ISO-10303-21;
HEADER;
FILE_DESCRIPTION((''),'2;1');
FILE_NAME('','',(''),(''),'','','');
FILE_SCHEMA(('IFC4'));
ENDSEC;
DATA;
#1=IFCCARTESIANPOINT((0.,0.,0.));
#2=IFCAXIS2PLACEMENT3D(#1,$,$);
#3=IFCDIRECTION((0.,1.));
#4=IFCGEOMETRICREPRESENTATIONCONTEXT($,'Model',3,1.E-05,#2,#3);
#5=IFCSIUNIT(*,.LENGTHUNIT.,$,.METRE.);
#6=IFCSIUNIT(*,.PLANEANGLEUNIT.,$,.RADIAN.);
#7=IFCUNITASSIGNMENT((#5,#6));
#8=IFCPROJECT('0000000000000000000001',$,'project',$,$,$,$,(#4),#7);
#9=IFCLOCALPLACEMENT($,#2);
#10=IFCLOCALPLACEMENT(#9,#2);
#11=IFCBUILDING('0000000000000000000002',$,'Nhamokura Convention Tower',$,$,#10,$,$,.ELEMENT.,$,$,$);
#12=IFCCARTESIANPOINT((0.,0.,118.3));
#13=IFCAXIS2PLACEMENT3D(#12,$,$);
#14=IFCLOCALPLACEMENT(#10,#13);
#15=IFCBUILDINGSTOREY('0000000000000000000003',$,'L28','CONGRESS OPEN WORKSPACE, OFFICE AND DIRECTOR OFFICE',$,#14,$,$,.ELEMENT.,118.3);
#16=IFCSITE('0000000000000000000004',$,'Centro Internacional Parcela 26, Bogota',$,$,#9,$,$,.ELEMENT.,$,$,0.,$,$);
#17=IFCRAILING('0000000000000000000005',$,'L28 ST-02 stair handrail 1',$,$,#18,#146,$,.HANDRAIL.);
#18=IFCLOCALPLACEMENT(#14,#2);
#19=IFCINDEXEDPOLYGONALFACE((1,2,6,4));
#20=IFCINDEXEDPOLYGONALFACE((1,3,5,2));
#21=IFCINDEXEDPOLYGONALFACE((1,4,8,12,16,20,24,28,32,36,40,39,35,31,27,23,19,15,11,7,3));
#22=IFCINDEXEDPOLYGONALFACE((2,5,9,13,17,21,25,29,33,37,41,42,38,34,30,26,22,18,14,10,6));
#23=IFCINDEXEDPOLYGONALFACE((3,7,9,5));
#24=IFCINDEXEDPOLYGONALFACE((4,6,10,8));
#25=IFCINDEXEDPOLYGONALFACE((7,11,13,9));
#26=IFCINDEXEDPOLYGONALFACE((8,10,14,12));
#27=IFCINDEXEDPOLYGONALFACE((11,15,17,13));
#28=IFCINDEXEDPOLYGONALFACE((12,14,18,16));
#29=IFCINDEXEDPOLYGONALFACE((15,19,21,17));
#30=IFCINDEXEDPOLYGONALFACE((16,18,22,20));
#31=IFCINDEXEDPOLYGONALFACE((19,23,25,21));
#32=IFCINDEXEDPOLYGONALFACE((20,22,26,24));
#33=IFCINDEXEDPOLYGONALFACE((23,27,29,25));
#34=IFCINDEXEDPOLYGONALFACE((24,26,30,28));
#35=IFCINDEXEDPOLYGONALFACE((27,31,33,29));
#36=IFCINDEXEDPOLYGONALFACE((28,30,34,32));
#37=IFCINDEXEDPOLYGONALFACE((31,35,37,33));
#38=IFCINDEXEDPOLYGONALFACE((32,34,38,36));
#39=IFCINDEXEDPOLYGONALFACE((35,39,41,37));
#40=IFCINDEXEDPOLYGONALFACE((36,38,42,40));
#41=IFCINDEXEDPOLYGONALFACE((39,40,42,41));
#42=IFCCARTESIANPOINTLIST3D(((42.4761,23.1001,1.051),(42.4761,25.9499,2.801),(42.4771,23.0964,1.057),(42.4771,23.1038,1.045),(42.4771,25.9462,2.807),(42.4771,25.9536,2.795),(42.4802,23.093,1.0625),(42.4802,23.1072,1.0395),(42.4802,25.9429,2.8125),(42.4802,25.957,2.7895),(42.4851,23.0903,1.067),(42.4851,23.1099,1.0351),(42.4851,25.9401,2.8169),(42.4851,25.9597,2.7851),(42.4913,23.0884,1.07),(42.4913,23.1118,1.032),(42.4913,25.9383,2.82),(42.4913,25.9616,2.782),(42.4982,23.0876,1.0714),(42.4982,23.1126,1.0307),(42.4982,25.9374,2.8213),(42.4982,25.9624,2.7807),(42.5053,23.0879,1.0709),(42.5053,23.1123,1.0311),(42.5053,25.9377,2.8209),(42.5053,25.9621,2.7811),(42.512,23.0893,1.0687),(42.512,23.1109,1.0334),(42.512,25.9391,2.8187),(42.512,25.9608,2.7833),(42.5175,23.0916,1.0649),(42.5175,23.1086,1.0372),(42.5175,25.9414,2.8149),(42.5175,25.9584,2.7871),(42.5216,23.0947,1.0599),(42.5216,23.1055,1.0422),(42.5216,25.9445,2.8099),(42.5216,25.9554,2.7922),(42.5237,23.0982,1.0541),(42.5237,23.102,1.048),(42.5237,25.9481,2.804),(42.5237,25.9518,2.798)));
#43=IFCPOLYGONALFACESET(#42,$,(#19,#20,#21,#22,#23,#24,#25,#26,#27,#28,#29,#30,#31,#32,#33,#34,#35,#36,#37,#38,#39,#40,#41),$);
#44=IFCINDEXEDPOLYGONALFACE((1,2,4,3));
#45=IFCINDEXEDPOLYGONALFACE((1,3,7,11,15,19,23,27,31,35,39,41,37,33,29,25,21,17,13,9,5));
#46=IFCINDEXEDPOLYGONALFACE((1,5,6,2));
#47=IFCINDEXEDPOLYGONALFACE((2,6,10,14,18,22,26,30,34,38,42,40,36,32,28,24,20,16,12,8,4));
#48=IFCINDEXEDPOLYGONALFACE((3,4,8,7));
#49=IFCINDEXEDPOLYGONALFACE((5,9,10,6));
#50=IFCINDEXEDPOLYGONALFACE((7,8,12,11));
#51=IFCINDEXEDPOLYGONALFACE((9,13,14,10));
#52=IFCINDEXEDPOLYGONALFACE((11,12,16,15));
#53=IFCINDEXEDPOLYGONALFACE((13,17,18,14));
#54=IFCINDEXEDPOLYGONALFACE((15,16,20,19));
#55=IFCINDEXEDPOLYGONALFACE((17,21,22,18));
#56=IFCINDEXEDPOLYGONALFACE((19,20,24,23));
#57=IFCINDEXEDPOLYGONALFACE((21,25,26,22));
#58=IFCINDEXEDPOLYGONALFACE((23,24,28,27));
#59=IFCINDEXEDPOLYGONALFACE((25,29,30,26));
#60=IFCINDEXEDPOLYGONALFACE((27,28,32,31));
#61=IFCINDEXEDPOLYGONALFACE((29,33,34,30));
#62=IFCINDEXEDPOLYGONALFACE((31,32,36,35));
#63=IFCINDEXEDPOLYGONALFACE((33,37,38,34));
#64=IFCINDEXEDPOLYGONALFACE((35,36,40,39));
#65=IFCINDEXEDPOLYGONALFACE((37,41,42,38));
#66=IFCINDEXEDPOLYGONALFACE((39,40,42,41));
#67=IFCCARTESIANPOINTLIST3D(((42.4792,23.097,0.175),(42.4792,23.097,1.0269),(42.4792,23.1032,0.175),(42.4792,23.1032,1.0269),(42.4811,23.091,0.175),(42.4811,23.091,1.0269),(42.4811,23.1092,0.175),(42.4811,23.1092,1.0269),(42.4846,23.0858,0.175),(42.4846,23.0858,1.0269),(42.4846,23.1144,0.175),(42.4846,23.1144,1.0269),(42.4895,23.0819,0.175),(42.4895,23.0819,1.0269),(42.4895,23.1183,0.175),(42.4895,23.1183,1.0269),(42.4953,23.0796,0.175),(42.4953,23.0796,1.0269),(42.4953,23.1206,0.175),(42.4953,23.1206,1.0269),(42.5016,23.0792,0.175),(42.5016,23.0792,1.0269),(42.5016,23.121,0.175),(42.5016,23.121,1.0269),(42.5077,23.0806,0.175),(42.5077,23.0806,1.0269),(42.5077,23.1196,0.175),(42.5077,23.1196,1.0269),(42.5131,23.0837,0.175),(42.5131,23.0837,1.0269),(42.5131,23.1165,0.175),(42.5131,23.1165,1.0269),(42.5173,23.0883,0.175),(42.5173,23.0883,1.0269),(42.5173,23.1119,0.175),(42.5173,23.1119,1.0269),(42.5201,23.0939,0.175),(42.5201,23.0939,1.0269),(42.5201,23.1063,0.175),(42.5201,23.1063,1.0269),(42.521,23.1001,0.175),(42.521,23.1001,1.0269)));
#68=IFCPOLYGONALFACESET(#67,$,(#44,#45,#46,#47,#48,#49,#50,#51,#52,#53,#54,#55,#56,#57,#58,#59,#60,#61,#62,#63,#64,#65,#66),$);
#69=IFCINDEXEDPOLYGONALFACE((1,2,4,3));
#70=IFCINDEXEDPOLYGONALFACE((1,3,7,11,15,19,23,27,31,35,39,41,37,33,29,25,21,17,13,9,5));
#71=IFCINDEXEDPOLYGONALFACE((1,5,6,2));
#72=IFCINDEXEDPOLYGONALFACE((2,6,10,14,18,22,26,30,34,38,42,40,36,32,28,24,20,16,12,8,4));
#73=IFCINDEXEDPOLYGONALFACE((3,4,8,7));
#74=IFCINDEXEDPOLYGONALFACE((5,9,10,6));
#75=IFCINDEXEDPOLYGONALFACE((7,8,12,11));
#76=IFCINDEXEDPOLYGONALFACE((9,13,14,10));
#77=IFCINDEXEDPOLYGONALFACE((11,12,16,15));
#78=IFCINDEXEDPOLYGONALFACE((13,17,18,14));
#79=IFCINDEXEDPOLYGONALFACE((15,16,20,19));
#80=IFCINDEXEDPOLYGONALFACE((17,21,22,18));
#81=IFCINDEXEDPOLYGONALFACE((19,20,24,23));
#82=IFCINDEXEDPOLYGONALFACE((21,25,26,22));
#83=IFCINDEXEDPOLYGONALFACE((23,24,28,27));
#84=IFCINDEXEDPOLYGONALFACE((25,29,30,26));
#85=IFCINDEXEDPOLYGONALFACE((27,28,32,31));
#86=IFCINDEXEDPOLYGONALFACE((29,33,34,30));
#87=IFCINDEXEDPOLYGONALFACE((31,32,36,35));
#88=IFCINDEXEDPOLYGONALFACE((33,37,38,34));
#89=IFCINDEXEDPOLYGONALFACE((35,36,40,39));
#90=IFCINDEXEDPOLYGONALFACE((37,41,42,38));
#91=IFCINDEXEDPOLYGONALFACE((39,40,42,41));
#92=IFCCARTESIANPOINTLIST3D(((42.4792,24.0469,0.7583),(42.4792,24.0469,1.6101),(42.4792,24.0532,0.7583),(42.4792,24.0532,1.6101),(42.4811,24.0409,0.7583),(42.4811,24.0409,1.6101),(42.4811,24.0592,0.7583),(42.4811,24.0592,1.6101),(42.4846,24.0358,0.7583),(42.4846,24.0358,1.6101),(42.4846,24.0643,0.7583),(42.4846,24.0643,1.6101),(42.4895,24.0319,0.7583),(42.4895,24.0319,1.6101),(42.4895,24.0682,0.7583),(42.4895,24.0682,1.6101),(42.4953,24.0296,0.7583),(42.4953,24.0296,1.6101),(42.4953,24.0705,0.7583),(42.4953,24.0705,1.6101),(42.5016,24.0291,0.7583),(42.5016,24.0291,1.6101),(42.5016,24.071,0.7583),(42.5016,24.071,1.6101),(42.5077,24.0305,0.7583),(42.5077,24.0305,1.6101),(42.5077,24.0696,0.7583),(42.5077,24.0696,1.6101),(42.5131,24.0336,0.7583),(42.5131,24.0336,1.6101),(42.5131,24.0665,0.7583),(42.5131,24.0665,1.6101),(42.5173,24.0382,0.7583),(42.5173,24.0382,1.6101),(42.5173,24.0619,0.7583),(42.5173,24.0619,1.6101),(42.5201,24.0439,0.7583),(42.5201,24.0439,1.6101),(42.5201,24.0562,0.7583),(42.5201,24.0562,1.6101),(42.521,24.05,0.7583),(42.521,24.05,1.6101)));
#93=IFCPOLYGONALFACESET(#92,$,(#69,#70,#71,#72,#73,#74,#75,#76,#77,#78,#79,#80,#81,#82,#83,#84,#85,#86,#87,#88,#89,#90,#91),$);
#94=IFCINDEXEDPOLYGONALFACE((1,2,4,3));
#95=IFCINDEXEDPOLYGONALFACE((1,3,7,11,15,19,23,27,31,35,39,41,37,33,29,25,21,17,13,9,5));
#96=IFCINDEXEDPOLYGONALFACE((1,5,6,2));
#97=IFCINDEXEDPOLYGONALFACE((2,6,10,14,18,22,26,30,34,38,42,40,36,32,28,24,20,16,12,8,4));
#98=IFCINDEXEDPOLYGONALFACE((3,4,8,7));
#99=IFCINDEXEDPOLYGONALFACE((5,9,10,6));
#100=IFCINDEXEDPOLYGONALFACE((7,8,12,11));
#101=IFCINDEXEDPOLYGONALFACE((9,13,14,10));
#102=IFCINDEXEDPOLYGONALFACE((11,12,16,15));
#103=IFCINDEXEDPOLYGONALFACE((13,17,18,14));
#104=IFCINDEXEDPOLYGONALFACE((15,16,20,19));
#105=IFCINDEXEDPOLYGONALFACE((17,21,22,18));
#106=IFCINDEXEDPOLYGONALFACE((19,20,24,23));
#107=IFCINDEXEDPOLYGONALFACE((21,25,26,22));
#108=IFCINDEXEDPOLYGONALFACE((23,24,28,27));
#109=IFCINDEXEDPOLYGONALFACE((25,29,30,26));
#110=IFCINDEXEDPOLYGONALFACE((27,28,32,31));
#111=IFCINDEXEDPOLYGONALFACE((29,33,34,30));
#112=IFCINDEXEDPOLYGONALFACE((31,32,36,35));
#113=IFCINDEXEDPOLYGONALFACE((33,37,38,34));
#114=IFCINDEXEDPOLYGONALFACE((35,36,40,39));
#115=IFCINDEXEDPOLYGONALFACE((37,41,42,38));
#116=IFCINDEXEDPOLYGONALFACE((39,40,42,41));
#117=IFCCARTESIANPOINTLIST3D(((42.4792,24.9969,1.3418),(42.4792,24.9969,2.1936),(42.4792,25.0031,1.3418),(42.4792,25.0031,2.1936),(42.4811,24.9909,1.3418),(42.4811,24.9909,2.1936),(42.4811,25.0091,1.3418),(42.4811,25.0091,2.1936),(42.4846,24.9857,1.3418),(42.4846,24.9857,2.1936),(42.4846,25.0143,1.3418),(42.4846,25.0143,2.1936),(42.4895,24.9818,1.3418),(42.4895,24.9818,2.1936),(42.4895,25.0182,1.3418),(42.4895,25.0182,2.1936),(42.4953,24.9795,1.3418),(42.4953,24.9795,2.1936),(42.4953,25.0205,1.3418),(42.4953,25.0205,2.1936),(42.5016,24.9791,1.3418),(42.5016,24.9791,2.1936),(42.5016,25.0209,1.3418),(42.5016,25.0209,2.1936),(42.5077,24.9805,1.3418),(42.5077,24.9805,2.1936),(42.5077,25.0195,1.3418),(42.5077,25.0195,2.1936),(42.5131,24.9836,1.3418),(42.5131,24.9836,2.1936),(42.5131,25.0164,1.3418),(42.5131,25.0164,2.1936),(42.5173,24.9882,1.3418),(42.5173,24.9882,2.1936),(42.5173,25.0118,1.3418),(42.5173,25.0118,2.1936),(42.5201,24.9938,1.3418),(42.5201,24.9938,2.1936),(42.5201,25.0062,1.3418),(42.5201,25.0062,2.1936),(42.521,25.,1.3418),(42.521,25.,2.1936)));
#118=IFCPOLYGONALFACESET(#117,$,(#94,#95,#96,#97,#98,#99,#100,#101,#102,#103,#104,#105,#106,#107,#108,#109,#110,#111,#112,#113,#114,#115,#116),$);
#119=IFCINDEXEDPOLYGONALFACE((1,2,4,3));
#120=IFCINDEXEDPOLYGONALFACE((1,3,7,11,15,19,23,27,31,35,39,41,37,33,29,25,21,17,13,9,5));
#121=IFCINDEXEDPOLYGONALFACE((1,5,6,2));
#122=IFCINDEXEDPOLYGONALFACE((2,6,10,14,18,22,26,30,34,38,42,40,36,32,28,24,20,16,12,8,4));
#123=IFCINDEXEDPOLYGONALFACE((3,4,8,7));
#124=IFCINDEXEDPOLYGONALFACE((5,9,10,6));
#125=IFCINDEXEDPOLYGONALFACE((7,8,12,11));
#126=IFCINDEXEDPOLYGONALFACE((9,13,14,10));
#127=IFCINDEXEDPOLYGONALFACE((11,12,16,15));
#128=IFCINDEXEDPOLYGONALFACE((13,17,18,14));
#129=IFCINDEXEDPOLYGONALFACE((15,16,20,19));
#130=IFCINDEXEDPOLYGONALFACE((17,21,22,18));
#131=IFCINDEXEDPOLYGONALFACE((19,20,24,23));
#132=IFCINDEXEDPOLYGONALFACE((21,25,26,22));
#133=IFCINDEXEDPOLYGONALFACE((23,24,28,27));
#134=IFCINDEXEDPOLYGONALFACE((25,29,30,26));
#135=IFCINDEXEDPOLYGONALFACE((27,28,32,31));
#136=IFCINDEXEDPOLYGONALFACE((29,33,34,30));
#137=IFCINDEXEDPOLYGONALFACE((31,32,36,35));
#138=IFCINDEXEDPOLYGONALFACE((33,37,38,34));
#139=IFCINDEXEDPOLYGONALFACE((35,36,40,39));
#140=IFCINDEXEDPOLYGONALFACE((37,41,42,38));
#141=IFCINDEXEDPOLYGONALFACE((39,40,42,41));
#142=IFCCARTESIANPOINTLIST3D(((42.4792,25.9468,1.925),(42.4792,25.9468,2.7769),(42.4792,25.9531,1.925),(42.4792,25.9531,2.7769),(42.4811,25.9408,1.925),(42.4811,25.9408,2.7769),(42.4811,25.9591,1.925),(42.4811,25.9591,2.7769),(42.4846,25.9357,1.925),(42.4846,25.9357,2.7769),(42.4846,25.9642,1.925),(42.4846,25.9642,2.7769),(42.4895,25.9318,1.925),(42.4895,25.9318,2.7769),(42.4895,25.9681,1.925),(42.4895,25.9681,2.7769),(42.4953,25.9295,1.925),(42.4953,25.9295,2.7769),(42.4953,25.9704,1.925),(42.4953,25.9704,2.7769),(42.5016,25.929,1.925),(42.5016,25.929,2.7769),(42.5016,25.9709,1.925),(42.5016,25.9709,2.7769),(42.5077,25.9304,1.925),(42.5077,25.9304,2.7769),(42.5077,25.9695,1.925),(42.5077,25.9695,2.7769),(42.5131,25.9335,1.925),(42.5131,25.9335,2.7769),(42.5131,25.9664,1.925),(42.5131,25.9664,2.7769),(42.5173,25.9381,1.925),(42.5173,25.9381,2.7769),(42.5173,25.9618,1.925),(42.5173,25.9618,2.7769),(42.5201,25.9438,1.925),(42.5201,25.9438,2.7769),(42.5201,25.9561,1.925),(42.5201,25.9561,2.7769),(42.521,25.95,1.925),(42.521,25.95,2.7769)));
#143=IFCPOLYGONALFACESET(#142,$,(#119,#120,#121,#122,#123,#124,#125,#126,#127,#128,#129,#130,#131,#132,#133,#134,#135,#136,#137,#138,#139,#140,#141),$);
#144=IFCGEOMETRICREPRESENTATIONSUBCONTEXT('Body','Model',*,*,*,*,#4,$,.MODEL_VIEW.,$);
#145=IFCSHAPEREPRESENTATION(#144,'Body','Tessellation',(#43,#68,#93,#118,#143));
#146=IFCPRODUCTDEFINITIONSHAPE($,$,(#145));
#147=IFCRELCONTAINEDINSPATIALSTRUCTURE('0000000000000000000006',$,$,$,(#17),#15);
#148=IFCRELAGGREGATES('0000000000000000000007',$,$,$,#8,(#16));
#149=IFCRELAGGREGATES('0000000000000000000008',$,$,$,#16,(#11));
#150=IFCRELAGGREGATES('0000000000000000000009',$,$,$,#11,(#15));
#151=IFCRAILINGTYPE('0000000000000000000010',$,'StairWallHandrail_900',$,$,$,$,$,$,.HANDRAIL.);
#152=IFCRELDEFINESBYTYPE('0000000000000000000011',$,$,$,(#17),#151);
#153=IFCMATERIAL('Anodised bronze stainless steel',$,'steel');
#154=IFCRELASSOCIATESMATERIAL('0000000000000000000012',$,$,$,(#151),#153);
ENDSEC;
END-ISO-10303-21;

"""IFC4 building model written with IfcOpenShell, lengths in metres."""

from ifc_helpers import new_model, si_unit, direction, frame, origin, origin_2d, place, context, subcontext, project, spatial, circle, extrude, material, type_object, element, save


model = new_model("IFC4")

# Units and contexts
model_context = context("Model", 3, precision=1e-05, world=origin(), true_north=direction((0.0, 1.0)))
body_context = subcontext(model_context, "Body", "Model", "MODEL_VIEW")
ifc_project = project(units=[si_unit("LENGTHUNIT", "METRE"), si_unit("PLANEANGLEUNIT", "RADIAN")], contexts=[model_context])

# Site, building, storey
site_placement = place(None, origin())
site = spatial("IfcSite", under=ifc_project, at=site_placement, Name="Centro Internacional Parcela 26, Bogota", CompositionType="ELEMENT", RefElevation=0.0)
building_placement = place(site_placement, origin())
building = spatial("IfcBuilding", under=site, at=building_placement, Name="Nhamokura Convention Tower", CompositionType="ELEMENT")
storey_placement = place(building_placement, frame((0.0, 0.0, 118.3)))
storey = spatial("IfcBuildingStorey", under=building, at=storey_placement, Name="L28", Description="CONGRESS OPEN WORKSPACE, OFFICE AND DIRECTOR OFFICE", CompositionType="ELEMENT", Elevation=118.3)

# Railing
ifc_material_1 = material(Name="Anodised bronze stainless steel", Category="steel")
railing_type_1 = type_object("IfcRailingType", Name="StairWallHandrail_900", PredefinedType="HANDRAIL", material=ifc_material_1)
railing_1_placement = place(storey_placement, frame((42.5, 23.1001, 0.175)))
element("IfcRailing", 1, at=railing_1_placement, inside=storey, type_object=railing_type_1, Name="L28 ST-02 stair handrail 1", PredefinedType="HANDRAIL", context=body_context, shape_type="SweptSolid", body=[
    extrude(circle(Radius=0.0239, at=origin_2d()), frame((0.0, 0.0, 0.876), z_axis=(0.0, 0.852159, 0.523283), x_axis=(-1.0, 0.0, 0.0)), (0.0, 0.0, 1.0), 3.3442),
    extrude(circle(Radius=0.021, at=origin_2d()), origin(), (0.0, 0.0, 1.0), 0.8518),
    extrude(circle(Radius=0.021, at=origin_2d()), frame((0.0, 0.95, 0.5833)), (0.0, 0.0, 1.0), 0.8518),
    extrude(circle(Radius=0.021, at=origin_2d()), frame((0.0, 1.8999, 1.1667)), (0.0, 0.0, 1.0), 0.8518),
    extrude(circle(Radius=0.021, at=origin_2d()), frame((0.0, 2.8499, 1.75)), (0.0, 0.0, 1.0), 0.8518),
])

save(model, "model.ifc")
